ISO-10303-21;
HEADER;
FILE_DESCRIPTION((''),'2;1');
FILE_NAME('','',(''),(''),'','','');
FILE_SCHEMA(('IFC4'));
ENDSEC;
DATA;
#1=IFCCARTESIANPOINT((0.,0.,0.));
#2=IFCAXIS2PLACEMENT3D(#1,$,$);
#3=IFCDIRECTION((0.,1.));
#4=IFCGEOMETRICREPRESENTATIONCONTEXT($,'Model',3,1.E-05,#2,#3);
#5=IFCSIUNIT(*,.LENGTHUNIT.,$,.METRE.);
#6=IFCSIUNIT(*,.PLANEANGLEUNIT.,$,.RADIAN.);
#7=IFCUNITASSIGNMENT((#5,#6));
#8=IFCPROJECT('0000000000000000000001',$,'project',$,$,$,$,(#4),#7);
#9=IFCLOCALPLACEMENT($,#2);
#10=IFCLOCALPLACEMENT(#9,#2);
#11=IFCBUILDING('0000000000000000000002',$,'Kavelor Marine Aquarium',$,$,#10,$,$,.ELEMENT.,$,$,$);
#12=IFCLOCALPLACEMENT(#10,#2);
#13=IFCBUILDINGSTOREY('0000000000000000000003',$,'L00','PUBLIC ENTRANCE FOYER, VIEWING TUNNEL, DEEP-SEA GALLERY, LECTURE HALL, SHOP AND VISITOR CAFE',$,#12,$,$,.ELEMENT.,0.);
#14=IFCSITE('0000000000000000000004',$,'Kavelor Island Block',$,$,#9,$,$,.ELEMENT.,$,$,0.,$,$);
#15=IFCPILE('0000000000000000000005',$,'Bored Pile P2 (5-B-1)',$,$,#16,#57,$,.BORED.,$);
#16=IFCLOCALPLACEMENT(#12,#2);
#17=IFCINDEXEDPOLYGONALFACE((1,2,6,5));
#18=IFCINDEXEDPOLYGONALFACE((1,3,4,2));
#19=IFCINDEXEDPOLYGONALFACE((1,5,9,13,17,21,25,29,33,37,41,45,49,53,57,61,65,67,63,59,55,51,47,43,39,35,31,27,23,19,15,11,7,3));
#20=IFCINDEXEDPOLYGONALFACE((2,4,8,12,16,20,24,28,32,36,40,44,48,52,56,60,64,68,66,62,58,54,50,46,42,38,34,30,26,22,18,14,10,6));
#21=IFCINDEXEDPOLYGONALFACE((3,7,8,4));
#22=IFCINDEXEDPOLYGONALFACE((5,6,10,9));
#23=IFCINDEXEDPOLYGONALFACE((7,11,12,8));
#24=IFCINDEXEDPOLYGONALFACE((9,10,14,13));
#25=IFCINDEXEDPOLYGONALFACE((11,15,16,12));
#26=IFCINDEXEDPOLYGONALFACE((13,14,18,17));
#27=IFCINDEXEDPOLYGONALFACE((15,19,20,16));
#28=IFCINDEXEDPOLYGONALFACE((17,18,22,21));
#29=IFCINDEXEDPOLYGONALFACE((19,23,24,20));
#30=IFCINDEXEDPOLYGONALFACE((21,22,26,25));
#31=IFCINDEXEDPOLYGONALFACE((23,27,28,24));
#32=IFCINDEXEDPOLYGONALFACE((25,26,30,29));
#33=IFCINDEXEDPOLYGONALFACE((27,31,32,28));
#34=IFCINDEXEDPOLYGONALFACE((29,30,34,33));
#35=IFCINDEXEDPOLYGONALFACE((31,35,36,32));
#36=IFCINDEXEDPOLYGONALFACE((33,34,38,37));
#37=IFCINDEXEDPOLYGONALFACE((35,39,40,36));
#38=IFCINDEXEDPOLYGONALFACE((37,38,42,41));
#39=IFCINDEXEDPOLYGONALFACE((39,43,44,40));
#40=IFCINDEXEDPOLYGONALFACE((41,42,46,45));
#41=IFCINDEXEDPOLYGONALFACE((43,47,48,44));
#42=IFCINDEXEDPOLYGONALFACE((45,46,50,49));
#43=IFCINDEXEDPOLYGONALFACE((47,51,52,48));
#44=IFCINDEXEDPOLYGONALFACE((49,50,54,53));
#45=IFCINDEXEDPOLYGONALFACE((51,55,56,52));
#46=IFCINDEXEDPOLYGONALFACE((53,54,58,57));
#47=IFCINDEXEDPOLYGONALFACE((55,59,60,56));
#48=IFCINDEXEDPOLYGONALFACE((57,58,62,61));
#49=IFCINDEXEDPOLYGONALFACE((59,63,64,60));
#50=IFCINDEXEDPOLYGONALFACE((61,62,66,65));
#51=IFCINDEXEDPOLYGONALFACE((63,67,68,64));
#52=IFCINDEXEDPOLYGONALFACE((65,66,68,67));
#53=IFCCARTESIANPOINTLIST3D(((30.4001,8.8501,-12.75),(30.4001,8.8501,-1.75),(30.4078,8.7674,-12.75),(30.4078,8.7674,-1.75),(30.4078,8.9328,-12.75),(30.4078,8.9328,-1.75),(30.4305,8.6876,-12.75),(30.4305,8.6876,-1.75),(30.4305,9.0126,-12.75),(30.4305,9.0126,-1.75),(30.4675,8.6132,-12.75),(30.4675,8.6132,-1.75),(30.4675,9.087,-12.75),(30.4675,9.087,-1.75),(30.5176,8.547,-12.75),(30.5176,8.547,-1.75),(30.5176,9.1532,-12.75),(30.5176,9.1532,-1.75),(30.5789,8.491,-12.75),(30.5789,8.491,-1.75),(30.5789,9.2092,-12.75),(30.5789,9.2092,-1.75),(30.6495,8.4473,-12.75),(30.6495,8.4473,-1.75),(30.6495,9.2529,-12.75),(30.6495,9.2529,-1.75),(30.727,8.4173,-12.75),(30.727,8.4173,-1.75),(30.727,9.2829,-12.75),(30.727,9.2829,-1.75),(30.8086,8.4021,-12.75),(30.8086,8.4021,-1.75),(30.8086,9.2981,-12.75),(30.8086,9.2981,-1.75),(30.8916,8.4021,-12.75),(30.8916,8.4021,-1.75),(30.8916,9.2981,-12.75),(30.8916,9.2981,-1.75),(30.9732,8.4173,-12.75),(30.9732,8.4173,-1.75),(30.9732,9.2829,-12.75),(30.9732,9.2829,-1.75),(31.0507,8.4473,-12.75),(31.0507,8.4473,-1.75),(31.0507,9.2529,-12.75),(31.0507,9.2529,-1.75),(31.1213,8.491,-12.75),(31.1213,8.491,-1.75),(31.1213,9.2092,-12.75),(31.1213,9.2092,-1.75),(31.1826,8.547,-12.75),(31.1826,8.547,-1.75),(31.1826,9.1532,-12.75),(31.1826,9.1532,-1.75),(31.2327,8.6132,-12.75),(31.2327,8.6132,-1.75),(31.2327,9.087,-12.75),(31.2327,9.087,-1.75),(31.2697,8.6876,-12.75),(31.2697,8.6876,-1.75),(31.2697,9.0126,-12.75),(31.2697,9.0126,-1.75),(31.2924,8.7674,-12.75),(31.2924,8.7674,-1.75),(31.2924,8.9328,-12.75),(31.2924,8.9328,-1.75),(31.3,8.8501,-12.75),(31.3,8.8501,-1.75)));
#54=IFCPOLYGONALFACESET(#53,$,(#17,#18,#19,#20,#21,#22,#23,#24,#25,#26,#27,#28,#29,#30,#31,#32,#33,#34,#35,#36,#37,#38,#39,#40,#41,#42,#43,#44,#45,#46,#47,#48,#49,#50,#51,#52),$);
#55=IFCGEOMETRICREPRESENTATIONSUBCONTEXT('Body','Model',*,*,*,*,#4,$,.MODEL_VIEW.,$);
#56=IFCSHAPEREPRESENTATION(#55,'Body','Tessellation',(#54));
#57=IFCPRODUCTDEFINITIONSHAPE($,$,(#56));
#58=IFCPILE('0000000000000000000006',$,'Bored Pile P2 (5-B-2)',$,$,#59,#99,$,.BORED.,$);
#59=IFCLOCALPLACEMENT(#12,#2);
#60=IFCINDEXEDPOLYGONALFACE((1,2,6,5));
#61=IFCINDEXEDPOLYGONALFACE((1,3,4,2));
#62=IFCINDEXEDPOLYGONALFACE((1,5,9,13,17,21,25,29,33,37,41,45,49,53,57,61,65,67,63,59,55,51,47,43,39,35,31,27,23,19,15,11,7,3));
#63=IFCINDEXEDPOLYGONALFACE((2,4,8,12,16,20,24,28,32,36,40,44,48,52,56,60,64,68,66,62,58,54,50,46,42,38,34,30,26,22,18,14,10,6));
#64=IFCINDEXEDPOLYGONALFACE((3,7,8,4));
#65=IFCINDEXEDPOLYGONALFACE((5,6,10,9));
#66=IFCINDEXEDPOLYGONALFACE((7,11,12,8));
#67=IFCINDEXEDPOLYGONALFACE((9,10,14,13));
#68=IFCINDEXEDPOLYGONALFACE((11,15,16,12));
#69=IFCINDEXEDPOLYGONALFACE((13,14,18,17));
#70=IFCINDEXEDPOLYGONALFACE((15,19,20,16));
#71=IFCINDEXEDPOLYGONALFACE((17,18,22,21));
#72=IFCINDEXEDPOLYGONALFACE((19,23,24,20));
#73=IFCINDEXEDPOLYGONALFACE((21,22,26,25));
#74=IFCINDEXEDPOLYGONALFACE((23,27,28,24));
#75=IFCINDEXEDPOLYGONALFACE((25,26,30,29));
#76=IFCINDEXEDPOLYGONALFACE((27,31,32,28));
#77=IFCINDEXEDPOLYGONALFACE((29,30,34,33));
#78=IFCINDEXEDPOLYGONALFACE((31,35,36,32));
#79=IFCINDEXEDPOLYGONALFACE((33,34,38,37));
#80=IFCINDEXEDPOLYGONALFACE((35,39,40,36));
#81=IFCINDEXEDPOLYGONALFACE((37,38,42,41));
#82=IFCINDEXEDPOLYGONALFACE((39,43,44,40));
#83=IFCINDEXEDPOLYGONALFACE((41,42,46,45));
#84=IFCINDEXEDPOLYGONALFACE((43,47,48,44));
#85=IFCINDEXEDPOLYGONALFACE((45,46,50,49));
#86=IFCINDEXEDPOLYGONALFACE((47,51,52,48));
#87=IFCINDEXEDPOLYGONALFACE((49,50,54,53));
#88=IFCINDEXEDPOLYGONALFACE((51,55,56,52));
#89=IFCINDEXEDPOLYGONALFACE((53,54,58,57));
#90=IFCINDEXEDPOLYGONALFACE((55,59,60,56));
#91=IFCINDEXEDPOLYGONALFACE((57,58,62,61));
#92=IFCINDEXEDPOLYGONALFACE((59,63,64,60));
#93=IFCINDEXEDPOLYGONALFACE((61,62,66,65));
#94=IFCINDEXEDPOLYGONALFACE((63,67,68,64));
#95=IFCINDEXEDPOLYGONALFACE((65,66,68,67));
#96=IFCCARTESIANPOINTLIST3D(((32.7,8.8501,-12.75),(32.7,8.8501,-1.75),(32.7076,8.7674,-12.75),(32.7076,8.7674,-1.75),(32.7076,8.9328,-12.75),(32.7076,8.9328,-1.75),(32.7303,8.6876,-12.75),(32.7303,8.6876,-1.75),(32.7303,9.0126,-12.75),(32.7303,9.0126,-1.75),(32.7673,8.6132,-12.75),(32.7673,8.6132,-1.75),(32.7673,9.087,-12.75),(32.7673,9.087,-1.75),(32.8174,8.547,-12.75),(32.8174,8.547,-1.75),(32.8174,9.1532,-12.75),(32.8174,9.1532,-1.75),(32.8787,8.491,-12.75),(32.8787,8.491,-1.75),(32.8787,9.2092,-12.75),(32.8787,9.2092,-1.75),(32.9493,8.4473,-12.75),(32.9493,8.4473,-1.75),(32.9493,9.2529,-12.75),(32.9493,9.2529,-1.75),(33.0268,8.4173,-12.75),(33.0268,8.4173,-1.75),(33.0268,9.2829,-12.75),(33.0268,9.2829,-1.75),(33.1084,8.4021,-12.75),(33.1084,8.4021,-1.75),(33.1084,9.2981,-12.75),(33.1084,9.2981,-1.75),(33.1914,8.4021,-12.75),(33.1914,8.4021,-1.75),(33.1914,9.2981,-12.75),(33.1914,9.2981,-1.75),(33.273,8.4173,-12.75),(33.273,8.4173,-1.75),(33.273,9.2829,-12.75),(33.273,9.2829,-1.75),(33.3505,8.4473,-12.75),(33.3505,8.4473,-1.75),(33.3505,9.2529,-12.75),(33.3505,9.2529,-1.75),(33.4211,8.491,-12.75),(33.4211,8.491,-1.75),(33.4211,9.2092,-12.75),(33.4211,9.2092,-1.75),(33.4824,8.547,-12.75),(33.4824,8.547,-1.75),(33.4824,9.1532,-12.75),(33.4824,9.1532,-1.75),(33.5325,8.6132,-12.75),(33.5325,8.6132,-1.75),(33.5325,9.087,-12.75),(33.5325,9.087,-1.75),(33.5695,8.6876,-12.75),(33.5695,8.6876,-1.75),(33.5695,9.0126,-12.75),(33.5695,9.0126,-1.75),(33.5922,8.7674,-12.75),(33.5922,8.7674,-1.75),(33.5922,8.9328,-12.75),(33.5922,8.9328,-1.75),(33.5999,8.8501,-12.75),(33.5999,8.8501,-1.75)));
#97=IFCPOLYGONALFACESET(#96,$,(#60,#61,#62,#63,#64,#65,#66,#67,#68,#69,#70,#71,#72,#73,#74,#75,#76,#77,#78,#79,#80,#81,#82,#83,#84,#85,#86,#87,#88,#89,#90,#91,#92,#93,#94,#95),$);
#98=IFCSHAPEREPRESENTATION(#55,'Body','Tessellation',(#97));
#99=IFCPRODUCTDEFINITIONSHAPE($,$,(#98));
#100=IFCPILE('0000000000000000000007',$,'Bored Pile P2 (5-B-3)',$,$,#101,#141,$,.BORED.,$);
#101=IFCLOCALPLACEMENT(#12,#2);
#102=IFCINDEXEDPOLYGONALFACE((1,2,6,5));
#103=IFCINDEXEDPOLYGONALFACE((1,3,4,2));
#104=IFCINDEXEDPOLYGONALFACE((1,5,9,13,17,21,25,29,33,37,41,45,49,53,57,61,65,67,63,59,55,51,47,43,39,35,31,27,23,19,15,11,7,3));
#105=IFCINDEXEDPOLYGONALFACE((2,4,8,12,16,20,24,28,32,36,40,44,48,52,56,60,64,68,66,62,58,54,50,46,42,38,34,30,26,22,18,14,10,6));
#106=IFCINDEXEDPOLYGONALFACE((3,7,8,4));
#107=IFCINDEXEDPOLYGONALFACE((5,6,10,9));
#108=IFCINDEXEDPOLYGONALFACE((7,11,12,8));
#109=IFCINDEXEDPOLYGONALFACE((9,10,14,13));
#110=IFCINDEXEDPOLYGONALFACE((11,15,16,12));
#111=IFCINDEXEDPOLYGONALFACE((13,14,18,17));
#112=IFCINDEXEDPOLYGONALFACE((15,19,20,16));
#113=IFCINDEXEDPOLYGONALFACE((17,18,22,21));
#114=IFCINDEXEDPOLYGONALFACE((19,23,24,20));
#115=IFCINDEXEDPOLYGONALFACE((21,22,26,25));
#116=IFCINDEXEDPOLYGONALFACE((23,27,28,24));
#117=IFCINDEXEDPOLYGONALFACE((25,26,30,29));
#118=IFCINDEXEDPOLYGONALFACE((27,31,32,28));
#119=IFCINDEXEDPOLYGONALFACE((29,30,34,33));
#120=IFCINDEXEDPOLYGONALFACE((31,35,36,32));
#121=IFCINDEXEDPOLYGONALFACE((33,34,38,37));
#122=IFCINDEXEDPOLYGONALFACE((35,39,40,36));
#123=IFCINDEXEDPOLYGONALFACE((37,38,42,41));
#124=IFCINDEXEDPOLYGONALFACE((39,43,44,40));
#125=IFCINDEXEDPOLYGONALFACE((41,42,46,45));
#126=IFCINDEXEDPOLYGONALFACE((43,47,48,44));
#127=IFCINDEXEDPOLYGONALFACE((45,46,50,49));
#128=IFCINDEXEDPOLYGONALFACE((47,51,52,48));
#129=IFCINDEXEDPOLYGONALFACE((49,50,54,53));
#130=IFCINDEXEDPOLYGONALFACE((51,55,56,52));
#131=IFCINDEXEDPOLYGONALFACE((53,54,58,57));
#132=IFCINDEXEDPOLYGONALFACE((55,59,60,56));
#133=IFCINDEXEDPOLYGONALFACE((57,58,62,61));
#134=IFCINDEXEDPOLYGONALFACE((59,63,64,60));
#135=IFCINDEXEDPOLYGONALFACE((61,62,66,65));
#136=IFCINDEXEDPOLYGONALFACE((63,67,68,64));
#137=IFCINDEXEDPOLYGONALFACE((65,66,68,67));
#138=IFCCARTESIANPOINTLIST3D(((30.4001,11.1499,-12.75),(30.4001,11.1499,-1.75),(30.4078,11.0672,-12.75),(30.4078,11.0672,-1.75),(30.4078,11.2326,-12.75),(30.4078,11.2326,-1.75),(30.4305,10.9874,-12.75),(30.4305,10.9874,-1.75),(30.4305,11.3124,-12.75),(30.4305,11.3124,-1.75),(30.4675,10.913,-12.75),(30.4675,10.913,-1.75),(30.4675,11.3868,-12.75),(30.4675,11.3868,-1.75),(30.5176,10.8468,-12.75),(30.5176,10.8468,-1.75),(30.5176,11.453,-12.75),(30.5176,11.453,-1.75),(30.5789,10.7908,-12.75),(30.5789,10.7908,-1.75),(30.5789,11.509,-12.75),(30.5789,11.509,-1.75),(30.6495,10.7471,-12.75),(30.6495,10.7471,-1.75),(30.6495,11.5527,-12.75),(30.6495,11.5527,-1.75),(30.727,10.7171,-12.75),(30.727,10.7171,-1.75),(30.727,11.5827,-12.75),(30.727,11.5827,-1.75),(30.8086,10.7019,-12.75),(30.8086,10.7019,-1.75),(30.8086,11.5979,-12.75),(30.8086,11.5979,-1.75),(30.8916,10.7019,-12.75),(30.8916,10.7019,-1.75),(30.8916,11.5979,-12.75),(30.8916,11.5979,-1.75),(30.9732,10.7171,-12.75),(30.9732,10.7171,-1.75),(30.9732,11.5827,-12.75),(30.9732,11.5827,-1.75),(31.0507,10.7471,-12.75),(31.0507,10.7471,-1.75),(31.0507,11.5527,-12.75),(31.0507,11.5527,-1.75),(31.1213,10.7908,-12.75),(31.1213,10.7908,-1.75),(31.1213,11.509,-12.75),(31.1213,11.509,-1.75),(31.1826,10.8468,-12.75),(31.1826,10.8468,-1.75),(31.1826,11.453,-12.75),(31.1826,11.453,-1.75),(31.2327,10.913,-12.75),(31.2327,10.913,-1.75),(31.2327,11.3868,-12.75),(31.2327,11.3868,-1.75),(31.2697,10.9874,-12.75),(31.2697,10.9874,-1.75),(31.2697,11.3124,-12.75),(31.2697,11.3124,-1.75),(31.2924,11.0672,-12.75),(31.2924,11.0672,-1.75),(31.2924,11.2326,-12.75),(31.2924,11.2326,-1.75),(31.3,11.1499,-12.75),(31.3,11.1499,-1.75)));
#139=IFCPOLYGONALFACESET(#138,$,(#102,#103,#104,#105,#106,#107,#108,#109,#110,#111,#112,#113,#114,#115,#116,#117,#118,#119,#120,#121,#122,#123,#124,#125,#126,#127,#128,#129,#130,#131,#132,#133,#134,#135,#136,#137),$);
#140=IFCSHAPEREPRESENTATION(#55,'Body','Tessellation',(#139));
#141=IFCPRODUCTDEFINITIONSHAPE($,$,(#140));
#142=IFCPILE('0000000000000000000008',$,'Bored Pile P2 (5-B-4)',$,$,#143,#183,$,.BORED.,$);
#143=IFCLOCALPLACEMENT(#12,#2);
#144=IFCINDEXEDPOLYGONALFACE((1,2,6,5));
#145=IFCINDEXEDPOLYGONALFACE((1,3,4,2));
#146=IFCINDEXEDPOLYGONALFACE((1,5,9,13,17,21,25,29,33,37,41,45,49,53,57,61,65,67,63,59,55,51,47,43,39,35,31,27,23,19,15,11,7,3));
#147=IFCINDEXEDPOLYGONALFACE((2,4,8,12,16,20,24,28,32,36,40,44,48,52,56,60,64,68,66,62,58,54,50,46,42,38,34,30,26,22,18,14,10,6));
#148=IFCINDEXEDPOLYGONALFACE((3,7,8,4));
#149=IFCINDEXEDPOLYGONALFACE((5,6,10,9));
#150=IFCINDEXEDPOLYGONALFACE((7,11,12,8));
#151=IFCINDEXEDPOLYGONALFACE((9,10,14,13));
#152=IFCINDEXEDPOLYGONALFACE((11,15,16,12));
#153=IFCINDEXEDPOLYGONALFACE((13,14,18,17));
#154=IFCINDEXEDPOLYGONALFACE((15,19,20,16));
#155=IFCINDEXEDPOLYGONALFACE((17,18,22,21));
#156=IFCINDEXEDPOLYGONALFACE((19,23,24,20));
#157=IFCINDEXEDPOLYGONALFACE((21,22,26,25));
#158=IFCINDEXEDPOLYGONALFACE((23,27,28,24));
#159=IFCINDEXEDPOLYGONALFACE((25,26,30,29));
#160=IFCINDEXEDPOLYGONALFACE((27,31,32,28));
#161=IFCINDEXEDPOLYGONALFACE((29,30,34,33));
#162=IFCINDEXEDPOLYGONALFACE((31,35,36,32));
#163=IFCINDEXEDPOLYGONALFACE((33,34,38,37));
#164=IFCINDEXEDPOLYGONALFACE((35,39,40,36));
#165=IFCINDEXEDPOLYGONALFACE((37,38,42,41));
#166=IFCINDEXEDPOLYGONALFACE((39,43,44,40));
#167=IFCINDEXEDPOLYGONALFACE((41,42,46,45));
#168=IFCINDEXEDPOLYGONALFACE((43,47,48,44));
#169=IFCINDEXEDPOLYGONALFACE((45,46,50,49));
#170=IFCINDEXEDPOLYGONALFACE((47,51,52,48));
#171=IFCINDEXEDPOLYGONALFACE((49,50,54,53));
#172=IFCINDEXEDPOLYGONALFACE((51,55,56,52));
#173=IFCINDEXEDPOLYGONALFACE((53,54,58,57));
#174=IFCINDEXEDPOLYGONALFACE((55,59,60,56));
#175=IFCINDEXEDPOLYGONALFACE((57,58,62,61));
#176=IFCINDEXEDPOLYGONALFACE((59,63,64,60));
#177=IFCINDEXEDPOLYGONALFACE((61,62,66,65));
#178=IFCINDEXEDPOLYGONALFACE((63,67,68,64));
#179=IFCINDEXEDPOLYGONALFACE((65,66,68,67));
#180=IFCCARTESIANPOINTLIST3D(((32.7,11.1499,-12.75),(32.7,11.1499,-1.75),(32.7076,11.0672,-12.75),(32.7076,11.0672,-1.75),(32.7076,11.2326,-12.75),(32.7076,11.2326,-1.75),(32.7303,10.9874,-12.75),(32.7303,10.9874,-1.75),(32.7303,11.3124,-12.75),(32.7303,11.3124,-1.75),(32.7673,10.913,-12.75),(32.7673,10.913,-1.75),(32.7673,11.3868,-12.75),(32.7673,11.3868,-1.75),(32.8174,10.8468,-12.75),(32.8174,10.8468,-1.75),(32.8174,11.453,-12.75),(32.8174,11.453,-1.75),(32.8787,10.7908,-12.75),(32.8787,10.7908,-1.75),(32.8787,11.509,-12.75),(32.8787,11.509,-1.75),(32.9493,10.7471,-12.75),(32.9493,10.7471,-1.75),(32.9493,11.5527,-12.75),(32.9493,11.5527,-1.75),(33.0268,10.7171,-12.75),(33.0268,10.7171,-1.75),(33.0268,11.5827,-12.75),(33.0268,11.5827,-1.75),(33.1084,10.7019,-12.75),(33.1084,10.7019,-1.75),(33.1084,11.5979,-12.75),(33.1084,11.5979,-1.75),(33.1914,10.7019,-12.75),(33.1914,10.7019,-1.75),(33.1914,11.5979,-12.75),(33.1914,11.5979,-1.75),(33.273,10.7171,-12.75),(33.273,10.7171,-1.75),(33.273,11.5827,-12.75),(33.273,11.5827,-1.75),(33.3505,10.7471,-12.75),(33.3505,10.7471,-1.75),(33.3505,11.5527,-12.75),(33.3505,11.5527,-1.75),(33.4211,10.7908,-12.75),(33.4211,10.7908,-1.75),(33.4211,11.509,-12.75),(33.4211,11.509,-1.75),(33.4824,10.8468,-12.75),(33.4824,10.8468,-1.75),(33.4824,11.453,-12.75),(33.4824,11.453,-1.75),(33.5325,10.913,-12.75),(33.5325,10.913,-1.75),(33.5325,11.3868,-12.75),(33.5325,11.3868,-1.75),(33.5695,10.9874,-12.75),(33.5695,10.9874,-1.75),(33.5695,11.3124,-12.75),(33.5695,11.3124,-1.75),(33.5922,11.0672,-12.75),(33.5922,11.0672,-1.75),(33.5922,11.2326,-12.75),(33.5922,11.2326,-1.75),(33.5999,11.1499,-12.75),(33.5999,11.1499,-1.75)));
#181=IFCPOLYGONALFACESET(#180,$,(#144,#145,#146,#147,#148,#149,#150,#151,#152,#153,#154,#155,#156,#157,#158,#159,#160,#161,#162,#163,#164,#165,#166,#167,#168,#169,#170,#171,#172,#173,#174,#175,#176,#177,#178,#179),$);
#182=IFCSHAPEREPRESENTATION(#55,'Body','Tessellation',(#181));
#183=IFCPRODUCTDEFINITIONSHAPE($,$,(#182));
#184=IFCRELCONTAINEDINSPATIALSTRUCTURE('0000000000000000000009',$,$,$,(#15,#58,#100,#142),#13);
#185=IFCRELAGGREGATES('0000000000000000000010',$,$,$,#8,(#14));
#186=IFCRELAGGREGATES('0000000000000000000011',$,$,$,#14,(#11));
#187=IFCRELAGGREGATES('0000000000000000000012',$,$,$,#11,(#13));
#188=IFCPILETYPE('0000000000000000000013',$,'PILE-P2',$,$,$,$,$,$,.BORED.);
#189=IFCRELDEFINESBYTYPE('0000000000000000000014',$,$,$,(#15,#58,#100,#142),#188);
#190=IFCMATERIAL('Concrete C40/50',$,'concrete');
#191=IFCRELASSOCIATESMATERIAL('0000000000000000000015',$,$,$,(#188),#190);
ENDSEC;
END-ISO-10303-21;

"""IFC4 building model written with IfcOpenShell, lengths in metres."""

from ifc_helpers import new_model, si_unit, direction, frame, origin, origin_2d, place, context, subcontext, project, spatial, circle, extrude, material, material_profile, profile_set, type_object, element, save


model = new_model("IFC4")

# Units and contexts
model_context = context("Model", 3, precision=1e-05, world=origin(), true_north=direction((0.0, 1.0)))
body_context = subcontext(model_context, "Body", "Model", "MODEL_VIEW")
ifc_project = project(units=[si_unit("LENGTHUNIT", "METRE"), si_unit("PLANEANGLEUNIT", "RADIAN")], contexts=[model_context])

# Site, building, storey
site_placement = place(None, origin())
site = spatial("IfcSite", under=ifc_project, at=site_placement, Name="Kavelor Island Block", CompositionType="ELEMENT", RefElevation=0.0)
building_placement = place(site_placement, origin())
building = spatial("IfcBuilding", under=site, at=building_placement, Name="Kavelor Marine Aquarium", CompositionType="ELEMENT")
storey_placement = place(building_placement, origin())
storey = spatial("IfcBuildingStorey", under=building, at=storey_placement, Name="L00", Description="PUBLIC ENTRANCE FOYER, VIEWING TUNNEL, DEEP-SEA GALLERY, LECTURE HALL, SHOP AND VISITOR CAFE", CompositionType="ELEMENT", Elevation=0.0)

# Piles
ifc_material_1 = material(Name="Concrete C40/50", Category="concrete")
ifc_material_profile_1 = material_profile(ifc_material_1, circle(Radius=0.45, at=origin_2d()), Name="PILE D900")
ifc_profile_set_1 = profile_set([ifc_material_profile_1], Name="Concrete C40/50")
pile_type_1 = type_object("IfcPileType", Name="PILE-P2", PredefinedType="BORED", material=ifc_profile_set_1)
for number, where, z_axis, x_axis, name in (
    (1, (30.8501, 8.8501, -1.75), (0.0, 0.0, -1.0), (1.0, 0.0, 0.0), "Bored Pile P2 (5-B-1)"),
    (2, (33.1499, 8.8501, -1.75), (0.0, 0.0, -1.0), (1.0, 0.0, 0.0), "Bored Pile P2 (5-B-2)"),
    (3, (30.8501, 11.1499, -1.75), (0.0, 0.0, -1.0), (1.0, 0.0, 0.0), "Bored Pile P2 (5-B-3)"),
    (4, (33.1499, 11.1499, -1.75), (0.0, 0.0, -1.0), (1.0, 0.0, 0.0), "Bored Pile P2 (5-B-4)"),
):
    element("IfcPile", number, at=place(storey_placement, frame(where, z_axis=z_axis, x_axis=x_axis)), inside=storey, type_object=pile_type_1, Name=name, PredefinedType="BORED", context=body_context, shape_type="SweptSolid", body=[
        extrude(circle(Radius=0.45, at=origin_2d()), origin(), (0.0, 0.0, 1.0), 11.0),
    ])

save(model, "model.ifc")
